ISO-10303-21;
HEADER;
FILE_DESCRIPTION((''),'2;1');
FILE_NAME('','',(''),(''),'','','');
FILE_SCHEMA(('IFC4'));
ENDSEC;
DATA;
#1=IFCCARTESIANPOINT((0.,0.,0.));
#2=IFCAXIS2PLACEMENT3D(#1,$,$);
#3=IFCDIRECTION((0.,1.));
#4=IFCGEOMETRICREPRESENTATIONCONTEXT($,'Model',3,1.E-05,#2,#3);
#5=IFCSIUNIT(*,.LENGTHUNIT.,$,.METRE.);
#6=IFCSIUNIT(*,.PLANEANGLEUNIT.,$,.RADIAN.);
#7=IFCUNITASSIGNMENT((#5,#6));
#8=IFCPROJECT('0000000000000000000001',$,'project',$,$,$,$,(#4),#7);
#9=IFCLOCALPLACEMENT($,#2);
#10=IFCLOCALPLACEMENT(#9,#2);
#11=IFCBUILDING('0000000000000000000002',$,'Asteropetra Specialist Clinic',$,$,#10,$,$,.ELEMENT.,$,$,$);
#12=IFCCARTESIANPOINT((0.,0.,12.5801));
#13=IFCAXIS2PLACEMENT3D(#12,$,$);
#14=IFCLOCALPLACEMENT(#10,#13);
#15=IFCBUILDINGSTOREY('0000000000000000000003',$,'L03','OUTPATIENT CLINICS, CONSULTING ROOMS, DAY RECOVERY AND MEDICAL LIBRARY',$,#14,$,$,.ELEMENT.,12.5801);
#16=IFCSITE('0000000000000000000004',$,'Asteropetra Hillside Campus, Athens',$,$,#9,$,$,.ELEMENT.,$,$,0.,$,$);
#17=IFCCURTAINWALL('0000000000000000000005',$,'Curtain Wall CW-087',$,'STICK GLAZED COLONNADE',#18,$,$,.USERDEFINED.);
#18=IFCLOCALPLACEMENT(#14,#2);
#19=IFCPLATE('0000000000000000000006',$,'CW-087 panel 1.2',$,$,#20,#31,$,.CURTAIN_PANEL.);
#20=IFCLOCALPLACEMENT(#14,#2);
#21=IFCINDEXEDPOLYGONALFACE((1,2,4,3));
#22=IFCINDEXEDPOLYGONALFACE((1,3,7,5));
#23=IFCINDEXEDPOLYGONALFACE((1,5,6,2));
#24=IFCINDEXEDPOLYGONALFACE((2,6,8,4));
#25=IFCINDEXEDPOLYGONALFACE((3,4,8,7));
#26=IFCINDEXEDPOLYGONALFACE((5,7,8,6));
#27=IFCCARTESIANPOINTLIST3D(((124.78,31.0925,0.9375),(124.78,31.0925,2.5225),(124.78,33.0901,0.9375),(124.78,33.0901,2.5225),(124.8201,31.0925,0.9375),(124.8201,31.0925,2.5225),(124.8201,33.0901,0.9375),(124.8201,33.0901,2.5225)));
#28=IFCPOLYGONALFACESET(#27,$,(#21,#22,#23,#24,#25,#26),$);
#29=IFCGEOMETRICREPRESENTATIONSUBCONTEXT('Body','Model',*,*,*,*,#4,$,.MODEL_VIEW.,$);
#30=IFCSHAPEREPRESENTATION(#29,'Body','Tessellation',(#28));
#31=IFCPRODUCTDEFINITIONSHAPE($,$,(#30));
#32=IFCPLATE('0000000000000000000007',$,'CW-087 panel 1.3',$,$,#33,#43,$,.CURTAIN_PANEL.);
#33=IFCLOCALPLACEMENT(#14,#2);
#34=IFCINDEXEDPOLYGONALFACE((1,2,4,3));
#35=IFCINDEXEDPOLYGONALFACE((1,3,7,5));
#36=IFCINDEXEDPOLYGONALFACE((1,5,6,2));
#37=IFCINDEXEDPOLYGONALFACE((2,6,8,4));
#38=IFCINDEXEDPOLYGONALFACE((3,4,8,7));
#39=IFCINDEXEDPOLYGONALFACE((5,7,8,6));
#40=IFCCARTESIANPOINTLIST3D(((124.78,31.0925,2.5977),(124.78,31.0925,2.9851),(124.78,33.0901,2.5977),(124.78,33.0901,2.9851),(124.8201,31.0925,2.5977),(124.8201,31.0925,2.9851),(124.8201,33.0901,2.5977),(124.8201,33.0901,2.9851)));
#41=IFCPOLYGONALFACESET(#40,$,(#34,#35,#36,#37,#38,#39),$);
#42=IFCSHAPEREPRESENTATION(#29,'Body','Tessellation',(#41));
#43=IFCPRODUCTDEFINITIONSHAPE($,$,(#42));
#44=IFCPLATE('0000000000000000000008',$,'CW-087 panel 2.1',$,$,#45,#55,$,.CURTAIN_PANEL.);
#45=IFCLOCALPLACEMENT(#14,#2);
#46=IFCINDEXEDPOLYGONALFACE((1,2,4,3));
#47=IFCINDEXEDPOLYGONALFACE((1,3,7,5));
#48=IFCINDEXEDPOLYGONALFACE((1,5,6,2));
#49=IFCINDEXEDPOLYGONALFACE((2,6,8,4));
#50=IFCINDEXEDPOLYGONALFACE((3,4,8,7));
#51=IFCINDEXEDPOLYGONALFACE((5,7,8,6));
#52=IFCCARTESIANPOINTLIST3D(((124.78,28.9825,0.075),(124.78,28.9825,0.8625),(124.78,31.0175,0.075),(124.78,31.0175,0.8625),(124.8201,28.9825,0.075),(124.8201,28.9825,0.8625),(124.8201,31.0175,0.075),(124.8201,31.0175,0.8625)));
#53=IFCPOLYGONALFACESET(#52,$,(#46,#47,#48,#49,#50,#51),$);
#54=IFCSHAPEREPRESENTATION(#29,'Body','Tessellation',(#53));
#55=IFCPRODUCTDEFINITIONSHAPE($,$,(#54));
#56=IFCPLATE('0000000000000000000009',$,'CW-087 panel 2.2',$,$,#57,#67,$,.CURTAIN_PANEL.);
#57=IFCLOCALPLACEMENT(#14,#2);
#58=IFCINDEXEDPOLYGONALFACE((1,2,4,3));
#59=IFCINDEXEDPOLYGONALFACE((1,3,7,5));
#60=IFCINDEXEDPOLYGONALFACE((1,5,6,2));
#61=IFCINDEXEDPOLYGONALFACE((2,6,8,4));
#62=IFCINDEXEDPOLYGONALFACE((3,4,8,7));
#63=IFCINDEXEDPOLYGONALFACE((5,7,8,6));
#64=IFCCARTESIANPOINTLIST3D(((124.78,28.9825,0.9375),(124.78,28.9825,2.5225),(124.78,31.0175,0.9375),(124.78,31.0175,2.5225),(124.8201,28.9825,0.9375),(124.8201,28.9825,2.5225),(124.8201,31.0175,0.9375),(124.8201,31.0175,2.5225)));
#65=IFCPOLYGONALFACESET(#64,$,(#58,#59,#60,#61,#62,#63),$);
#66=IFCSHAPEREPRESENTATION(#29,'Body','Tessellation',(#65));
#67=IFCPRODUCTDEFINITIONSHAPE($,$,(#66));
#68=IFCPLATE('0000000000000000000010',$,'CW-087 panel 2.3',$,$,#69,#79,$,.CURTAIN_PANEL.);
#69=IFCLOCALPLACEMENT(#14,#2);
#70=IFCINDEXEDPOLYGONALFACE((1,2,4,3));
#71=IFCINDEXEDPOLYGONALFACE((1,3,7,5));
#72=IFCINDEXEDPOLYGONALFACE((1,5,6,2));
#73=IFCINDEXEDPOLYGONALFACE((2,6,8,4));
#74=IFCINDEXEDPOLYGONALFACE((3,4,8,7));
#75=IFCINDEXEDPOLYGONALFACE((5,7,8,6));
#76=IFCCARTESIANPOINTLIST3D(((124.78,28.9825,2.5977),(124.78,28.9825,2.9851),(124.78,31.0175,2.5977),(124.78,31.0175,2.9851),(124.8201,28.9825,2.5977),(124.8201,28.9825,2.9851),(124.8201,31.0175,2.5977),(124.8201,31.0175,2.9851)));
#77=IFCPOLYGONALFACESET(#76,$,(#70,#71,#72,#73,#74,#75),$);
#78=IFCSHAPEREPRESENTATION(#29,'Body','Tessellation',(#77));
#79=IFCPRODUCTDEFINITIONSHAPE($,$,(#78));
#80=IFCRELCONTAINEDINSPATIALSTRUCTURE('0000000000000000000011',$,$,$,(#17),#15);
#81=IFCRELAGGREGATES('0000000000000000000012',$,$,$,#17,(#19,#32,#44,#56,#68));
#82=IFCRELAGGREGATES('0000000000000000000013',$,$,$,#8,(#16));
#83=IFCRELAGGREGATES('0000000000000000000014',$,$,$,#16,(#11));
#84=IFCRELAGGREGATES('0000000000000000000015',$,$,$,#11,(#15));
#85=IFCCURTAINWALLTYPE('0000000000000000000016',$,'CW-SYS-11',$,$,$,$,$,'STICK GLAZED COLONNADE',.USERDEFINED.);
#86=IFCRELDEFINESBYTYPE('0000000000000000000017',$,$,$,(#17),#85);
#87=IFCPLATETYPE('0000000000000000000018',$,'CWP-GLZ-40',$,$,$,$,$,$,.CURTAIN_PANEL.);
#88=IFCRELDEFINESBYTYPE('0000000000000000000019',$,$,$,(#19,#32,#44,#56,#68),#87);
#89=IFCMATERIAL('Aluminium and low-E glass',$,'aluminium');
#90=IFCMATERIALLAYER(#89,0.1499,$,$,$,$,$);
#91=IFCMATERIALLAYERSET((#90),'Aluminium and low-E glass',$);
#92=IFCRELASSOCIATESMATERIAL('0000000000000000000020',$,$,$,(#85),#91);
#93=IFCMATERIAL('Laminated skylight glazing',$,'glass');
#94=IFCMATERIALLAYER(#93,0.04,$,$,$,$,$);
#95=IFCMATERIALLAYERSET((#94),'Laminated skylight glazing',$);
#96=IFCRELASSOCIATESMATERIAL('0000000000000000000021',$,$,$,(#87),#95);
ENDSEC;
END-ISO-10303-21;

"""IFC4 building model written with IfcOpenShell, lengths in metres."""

from ifc_helpers import new_model, si_unit, direction, frame, origin, origin_2d, place, context, subcontext, project, spatial, rectangle, extrude, material, layer, layer_set, type_object, element, aggregate, save


model = new_model("IFC4")

# Units and contexts
model_context = context("Model", 3, precision=1e-05, world=origin(), true_north=direction((0.0, 1.0)))
body_context = subcontext(model_context, "Body", "Model", "MODEL_VIEW")
ifc_project = project(units=[si_unit("LENGTHUNIT", "METRE"), si_unit("PLANEANGLEUNIT", "RADIAN")], contexts=[model_context])

# Site, building, storey
site_placement = place(None, origin())
site = spatial("IfcSite", under=ifc_project, at=site_placement, Name="Asteropetra Hillside Campus, Athens", CompositionType="ELEMENT", RefElevation=0.0)
building_placement = place(site_placement, origin())
building = spatial("IfcBuilding", under=site, at=building_placement, Name="Asteropetra Specialist Clinic", CompositionType="ELEMENT")
storey_placement = place(building_placement, frame((0.0, 0.0, 12.5801)))
storey = spatial("IfcBuildingStorey", under=building, at=storey_placement, Name="L03", Description="OUTPATIENT CLINICS, CONSULTING ROOMS, DAY RECOVERY AND MEDICAL LIBRARY", CompositionType="ELEMENT", Elevation=12.5801)

# Curtain wall
ifc_material_1 = material(Name="Aluminium and low-E glass", Category="aluminium")
ifc_layer_1 = layer(ifc_material_1, 0.1499)
ifc_layer_set_1 = layer_set([ifc_layer_1], Name="Aluminium and low-E glass")
curtain_wall_type_1 = type_object("IfcCurtainWallType", Name="CW-SYS-11", ElementType="STICK GLAZED COLONNADE", PredefinedType="USERDEFINED", material=ifc_layer_set_1)
curtain_wall_1_placement = place(storey_placement, origin())
curtain_wall_1 = element("IfcCurtainWall", 1, at=curtain_wall_1_placement, inside=storey, type_object=curtain_wall_type_1, Name="Curtain Wall CW-087", ObjectType="STICK GLAZED COLONNADE", PredefinedType="USERDEFINED")

# Plates
ifc_material_2 = material(Name="Laminated skylight glazing", Category="glass")
ifc_layer_2 = layer(ifc_material_2, 0.04)
ifc_layer_set_2 = layer_set([ifc_layer_2], Name="Laminated skylight glazing")
plate_type_1 = type_object("IfcPlateType", Name="CWP-GLZ-40", PredefinedType="CURTAIN_PANEL", material=ifc_layer_set_2)
plate_1_placement = place(storey_placement, frame((124.8, 32.0913, 0.9375), z_axis=(0.0, 0.0, 1.0), x_axis=(0.0, -1.0, 0.0)))
plate_1 = element("IfcPlate", 2, at=plate_1_placement, type_object=plate_type_1, Name="CW-087 panel 1.2", PredefinedType="CURTAIN_PANEL", context=body_context, shape_type="SweptSolid", body=[
    extrude(rectangle(XDim=1.9976, YDim=0.04, at=origin_2d()), origin(), (0.0, 0.0, 1.0), 1.585),
])
plate_2_placement = place(storey_placement, frame((124.8, 32.0913, 2.5977), z_axis=(0.0, 0.0, 1.0), x_axis=(0.0, -1.0, 0.0)))
plate_2 = element("IfcPlate", 3, at=plate_2_placement, type_object=plate_type_1, Name="CW-087 panel 1.3", PredefinedType="CURTAIN_PANEL", context=body_context, shape_type="SweptSolid", body=[
    extrude(rectangle(XDim=1.9976, YDim=0.04, at=origin_2d()), origin(), (0.0, 0.0, 1.0), 0.3875),
])
plate_3_placement = place(storey_placement, frame((124.8, 30.0, 0.075), z_axis=(0.0, 0.0, 1.0), x_axis=(0.0, -1.0, 0.0)))
plate_3 = element("IfcPlate", 4, at=plate_3_placement, type_object=plate_type_1, Name="CW-087 panel 2.1", PredefinedType="CURTAIN_PANEL", context=body_context, shape_type="SweptSolid", body=[
    extrude(rectangle(XDim=2.0349, YDim=0.04, at=origin_2d()), origin(), (0.0, 0.0, 1.0), 0.7876),
])
plate_4_placement = place(storey_placement, frame((124.8, 30.0, 0.9375), z_axis=(0.0, 0.0, 1.0), x_axis=(0.0, -1.0, 0.0)))
plate_4 = element("IfcPlate", 5, at=plate_4_placement, type_object=plate_type_1, Name="CW-087 panel 2.2", PredefinedType="CURTAIN_PANEL", context=body_context, shape_type="SweptSolid", body=[
    extrude(rectangle(XDim=2.0349, YDim=0.04, at=origin_2d()), origin(), (0.0, 0.0, 1.0), 1.585),
])
plate_5_placement = place(storey_placement, frame((124.8, 30.0, 2.5977), z_axis=(0.0, 0.0, 1.0), x_axis=(0.0, -1.0, 0.0)))
plate_5 = element("IfcPlate", 6, at=plate_5_placement, type_object=plate_type_1, Name="CW-087 panel 2.3", PredefinedType="CURTAIN_PANEL", context=body_context, shape_type="SweptSolid", body=[
    extrude(rectangle(XDim=2.0349, YDim=0.04, at=origin_2d()), origin(), (0.0, 0.0, 1.0), 0.3875),
])
aggregate(curtain_wall_1, [plate_1, plate_2, plate_3, plate_4, plate_5])

save(model, "model.ifc")
